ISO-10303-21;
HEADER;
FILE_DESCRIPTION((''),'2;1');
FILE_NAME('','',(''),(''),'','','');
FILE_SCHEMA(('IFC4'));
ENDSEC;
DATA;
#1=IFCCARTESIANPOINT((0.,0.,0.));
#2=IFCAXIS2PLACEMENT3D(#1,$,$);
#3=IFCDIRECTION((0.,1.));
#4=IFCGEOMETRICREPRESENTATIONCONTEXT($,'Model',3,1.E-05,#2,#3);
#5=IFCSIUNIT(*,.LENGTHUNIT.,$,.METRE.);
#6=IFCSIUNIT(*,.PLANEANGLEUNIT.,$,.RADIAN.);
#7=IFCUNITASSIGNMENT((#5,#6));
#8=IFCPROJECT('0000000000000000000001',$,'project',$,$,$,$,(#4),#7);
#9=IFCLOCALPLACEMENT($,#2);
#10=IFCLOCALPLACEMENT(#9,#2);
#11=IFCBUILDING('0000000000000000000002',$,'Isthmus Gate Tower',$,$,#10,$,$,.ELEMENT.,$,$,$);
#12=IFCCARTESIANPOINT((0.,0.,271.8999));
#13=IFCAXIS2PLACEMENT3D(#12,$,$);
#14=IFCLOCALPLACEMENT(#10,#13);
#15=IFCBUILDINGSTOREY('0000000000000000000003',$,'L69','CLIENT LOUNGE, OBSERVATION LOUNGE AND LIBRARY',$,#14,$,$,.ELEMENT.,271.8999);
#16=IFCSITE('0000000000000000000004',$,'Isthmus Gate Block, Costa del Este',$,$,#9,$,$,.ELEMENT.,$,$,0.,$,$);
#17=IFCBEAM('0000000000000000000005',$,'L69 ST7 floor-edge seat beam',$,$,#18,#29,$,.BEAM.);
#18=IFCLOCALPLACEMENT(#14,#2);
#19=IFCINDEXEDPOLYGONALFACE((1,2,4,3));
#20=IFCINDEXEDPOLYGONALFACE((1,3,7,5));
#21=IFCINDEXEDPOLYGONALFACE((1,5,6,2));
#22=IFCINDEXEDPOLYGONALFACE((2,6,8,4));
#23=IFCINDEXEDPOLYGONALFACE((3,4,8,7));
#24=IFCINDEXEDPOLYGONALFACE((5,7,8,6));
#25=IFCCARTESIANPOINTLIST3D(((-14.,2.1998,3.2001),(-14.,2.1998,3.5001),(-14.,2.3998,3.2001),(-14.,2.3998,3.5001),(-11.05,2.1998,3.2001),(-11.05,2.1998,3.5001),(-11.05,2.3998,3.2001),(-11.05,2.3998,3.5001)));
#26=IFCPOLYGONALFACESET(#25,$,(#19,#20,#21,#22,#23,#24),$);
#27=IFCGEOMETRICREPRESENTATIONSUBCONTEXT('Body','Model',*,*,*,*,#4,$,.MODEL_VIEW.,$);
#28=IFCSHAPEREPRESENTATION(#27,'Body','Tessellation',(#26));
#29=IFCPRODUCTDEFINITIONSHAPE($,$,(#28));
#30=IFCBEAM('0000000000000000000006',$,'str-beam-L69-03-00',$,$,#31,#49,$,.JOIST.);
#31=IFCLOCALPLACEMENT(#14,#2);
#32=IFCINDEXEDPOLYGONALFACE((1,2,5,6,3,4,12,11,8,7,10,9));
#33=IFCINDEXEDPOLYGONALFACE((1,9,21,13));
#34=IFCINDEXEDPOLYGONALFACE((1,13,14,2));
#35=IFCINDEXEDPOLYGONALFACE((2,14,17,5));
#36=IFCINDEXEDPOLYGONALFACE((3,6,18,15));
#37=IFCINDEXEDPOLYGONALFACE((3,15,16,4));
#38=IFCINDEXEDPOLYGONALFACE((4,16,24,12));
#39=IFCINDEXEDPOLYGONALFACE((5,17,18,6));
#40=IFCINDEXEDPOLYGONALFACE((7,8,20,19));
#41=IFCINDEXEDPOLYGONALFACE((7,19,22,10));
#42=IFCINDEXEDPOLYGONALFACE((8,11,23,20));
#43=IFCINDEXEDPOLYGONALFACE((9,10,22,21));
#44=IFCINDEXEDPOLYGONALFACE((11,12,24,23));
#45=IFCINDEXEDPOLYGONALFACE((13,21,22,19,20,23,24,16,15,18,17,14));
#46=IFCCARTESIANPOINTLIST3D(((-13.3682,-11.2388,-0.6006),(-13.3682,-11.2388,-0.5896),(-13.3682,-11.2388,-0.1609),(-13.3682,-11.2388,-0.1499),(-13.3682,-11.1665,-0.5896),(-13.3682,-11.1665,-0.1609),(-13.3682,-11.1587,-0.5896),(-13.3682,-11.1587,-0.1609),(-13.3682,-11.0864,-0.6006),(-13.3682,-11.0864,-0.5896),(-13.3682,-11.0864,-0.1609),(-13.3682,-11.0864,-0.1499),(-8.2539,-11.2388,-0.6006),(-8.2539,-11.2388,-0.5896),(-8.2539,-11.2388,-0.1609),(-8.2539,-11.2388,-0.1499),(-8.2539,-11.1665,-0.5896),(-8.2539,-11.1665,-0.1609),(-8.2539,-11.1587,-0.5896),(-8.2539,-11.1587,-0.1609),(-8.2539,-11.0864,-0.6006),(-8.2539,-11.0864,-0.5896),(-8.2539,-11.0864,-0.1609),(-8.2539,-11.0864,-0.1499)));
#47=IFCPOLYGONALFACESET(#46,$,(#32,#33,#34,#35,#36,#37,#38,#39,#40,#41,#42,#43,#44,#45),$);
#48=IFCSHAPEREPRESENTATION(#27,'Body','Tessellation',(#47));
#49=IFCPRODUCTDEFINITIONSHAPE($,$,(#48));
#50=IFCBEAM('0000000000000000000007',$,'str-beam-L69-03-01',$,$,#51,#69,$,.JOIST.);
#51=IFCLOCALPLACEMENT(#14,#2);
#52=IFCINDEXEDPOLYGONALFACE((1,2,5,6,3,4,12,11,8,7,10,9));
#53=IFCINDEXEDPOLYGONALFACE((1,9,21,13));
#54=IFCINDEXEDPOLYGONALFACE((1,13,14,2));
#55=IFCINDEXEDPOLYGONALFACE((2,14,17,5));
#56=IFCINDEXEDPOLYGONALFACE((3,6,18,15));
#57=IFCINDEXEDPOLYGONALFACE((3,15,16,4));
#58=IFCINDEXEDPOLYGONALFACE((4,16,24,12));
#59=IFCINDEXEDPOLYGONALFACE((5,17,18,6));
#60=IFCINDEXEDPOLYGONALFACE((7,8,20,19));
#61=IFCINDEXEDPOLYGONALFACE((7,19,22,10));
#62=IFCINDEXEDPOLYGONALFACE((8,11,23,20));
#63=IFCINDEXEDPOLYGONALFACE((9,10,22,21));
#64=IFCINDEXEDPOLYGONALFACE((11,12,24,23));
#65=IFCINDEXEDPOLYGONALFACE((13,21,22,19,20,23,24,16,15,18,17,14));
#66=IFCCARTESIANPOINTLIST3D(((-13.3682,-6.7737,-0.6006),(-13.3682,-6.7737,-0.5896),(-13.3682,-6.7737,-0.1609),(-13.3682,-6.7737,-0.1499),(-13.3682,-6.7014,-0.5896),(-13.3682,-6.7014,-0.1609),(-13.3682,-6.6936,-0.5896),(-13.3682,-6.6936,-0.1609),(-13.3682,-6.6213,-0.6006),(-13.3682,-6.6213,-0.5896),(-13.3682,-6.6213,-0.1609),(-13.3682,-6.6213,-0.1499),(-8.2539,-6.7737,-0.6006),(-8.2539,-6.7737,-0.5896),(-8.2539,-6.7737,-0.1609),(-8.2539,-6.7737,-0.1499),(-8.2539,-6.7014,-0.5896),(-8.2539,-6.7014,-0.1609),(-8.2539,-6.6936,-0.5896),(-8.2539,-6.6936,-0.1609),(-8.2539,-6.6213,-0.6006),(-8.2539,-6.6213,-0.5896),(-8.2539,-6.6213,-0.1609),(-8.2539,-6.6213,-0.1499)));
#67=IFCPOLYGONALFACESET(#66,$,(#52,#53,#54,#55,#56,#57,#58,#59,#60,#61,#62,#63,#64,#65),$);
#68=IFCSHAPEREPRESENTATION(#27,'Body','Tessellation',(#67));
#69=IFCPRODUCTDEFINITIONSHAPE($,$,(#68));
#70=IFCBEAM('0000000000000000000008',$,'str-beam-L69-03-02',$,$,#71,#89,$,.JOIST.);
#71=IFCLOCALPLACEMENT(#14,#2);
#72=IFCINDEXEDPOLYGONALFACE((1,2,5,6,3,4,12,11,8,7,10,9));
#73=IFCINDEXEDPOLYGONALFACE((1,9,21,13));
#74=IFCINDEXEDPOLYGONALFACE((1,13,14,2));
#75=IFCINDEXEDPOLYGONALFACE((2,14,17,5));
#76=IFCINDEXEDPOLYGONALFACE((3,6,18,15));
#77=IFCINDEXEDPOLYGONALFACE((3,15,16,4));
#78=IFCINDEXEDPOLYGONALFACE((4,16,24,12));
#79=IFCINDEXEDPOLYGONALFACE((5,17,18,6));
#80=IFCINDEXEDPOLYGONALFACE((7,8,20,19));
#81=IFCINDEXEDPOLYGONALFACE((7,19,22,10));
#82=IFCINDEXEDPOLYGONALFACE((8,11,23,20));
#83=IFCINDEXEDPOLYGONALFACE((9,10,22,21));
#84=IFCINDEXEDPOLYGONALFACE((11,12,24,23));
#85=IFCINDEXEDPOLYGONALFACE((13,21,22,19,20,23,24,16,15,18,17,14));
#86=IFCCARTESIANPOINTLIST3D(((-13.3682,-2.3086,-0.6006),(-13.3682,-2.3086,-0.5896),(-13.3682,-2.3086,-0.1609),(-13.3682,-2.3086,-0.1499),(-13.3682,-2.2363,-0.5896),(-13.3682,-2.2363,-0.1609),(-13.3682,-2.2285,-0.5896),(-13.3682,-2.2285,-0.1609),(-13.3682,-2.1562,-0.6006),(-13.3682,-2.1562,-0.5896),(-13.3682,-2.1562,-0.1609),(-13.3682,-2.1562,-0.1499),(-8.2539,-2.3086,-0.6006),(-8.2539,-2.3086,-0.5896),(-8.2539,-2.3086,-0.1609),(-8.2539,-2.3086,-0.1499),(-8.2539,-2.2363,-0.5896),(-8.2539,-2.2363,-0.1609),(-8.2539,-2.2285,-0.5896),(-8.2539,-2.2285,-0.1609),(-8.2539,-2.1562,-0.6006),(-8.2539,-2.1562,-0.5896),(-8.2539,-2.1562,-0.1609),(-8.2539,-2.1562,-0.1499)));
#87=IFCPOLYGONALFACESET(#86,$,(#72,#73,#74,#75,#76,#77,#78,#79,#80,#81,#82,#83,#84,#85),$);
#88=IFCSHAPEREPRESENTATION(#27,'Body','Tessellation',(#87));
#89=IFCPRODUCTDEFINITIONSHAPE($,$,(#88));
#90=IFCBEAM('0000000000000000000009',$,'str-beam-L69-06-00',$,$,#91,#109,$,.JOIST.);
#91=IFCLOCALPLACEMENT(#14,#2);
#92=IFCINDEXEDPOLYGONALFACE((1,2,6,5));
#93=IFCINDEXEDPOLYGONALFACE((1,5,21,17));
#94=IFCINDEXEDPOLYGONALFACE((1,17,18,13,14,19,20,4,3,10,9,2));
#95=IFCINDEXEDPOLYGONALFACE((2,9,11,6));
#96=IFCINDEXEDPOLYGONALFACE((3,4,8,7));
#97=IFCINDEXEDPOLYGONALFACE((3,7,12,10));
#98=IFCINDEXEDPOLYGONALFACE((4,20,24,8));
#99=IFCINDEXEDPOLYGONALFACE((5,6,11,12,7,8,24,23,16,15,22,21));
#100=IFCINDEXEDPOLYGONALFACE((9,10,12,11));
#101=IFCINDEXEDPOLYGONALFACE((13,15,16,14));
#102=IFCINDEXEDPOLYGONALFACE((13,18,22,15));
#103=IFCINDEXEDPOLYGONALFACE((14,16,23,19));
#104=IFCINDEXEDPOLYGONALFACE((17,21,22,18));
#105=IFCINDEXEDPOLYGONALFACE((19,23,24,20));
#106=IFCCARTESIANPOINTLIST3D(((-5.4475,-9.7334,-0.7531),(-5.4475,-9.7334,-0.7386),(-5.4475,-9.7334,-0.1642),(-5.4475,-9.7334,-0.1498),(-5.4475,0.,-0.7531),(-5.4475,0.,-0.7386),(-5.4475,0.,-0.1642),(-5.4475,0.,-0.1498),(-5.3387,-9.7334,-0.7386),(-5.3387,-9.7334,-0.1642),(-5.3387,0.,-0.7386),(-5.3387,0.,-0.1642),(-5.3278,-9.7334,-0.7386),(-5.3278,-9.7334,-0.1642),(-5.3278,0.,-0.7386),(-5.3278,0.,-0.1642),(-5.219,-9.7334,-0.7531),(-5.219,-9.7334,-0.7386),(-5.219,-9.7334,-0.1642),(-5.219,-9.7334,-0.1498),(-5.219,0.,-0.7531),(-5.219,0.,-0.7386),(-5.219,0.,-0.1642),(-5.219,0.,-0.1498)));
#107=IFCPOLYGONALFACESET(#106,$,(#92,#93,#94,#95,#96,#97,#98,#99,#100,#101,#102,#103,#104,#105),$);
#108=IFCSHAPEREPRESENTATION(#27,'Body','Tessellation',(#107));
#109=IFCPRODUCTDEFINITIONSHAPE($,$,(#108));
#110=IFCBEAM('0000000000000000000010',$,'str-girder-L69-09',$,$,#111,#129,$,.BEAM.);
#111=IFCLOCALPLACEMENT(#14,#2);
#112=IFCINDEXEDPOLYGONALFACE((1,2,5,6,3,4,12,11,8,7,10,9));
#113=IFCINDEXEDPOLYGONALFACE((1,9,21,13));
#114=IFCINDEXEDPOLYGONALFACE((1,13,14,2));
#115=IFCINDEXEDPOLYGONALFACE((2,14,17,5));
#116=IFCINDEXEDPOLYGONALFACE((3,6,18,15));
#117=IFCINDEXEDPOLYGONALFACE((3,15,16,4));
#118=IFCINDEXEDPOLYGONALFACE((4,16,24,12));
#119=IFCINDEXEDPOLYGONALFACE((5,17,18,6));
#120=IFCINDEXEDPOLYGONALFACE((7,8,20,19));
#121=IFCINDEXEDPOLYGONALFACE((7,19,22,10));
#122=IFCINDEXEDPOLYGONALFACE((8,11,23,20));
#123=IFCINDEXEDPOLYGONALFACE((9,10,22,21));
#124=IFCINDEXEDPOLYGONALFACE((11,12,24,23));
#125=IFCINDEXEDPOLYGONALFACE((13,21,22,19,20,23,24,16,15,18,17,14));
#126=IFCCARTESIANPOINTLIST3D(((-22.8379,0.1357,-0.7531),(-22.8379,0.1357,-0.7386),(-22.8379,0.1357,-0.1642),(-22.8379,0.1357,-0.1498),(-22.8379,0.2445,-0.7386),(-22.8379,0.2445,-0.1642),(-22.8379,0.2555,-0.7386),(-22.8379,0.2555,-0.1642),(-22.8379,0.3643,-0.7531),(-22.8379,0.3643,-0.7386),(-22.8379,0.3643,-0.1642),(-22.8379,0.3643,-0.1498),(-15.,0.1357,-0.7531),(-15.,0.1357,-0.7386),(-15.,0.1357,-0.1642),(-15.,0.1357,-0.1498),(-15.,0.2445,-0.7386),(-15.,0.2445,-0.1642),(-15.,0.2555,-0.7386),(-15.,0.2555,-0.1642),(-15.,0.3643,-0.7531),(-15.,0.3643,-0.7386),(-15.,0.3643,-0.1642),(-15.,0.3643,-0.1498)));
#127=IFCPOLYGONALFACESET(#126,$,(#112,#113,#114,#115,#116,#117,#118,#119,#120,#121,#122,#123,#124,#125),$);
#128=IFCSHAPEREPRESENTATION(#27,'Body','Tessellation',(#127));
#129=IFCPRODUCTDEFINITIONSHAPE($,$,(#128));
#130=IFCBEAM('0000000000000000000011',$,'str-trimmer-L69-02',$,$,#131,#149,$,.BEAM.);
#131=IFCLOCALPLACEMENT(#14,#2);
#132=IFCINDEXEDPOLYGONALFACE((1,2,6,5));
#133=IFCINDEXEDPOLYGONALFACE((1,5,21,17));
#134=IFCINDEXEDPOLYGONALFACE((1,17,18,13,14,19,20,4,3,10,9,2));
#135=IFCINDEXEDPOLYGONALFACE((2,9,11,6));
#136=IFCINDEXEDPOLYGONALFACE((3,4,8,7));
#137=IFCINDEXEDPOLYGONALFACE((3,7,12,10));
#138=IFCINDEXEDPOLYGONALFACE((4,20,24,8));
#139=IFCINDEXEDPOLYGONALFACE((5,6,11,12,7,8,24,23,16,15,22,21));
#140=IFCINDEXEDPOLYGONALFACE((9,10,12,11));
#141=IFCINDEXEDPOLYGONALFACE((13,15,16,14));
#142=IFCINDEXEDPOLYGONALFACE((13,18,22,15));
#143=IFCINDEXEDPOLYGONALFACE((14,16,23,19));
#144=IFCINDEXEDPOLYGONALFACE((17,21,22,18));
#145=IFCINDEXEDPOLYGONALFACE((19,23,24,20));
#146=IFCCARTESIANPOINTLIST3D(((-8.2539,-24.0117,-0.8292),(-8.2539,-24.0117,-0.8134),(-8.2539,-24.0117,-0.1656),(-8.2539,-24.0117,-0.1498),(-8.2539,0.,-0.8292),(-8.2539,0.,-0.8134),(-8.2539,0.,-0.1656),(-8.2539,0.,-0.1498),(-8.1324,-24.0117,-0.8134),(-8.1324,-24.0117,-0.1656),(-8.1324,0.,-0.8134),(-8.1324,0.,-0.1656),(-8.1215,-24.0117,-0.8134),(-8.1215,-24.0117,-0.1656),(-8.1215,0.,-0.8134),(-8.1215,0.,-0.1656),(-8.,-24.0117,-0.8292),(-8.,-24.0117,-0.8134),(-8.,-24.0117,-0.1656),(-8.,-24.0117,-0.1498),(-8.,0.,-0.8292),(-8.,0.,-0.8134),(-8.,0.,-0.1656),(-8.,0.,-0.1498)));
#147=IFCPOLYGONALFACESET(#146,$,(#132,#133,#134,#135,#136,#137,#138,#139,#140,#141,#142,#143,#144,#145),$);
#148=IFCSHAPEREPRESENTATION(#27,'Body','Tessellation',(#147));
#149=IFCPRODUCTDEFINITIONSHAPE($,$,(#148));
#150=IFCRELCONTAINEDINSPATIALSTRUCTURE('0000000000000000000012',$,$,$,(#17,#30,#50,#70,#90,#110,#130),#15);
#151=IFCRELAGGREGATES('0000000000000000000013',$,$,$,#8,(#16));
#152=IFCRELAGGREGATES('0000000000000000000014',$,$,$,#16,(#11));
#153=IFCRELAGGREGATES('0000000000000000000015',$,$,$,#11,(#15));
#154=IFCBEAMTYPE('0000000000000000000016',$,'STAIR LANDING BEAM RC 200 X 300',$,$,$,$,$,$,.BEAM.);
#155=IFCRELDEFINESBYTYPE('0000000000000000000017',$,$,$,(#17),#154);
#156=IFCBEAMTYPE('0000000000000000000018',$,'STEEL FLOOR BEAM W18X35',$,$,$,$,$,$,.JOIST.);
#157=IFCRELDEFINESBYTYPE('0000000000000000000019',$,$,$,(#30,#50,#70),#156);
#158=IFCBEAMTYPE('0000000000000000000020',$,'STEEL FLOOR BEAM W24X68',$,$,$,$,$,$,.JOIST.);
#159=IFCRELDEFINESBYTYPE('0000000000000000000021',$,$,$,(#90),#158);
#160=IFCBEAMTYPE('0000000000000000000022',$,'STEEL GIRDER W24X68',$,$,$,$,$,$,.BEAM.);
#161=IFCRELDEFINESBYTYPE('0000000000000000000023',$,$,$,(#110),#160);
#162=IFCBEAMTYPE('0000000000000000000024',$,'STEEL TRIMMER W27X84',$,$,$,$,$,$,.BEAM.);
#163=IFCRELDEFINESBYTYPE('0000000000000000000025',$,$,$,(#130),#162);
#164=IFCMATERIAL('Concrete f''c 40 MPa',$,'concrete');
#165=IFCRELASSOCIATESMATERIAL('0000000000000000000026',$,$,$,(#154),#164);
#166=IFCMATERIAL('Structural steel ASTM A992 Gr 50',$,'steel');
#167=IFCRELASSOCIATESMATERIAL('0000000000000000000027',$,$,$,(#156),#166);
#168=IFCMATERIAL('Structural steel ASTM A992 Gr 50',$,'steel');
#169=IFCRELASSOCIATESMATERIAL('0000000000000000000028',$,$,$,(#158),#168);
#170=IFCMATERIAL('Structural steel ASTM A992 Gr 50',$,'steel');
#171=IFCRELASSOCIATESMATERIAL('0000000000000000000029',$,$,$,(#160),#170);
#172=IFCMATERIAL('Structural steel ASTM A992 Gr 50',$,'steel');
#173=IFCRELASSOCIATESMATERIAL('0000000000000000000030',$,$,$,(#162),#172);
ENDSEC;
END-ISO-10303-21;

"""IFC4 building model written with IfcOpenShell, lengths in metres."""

from ifc_helpers import new_model, si_unit, direction, frame, origin, origin_2d, place, context, subcontext, project, spatial, rectangle, i_section, extrude, material, material_profile, profile_set, type_object, element, save


model = new_model("IFC4")

# Units and contexts
model_context = context("Model", 3, precision=1e-05, world=origin(), true_north=direction((0.0, 1.0)))
body_context = subcontext(model_context, "Body", "Model", "MODEL_VIEW")
ifc_project = project(units=[si_unit("LENGTHUNIT", "METRE"), si_unit("PLANEANGLEUNIT", "RADIAN")], contexts=[model_context])

# Site, building, storey
site_placement = place(None, origin())
site = spatial("IfcSite", under=ifc_project, at=site_placement, Name="Isthmus Gate Block, Costa del Este", CompositionType="ELEMENT", RefElevation=0.0)
building_placement = place(site_placement, origin())
building = spatial("IfcBuilding", under=site, at=building_placement, Name="Isthmus Gate Tower", CompositionType="ELEMENT")
storey_placement = place(building_placement, frame((0.0, 0.0, 271.8999)))
storey = spatial("IfcBuildingStorey", under=building, at=storey_placement, Name="L69", Description="CLIENT LOUNGE, OBSERVATION LOUNGE AND LIBRARY", CompositionType="ELEMENT", Elevation=271.8999)

# Beams
ifc_material_1 = material(Name="Concrete f'c 40 MPa", Category="concrete")
ifc_material_profile_1 = material_profile(ifc_material_1, rectangle(XDim=0.2, YDim=0.3, at=origin_2d()), Name="STAIR LANDING BEAM RC 200 X 300")
ifc_profile_set_1 = profile_set([ifc_material_profile_1], Name="Concrete f'c 40 MPa")
beam_type_1 = type_object("IfcBeamType", Name="STAIR LANDING BEAM RC 200 X 300", PredefinedType="BEAM", material=ifc_profile_set_1)
beam_1_placement = place(storey_placement, frame((-14.0, 2.2998, 3.3501), z_axis=(1.0, 0.0, 0.0), x_axis=(0.0, 1.0, 0.0)))
element("IfcBeam", 1, at=beam_1_placement, inside=storey, type_object=beam_type_1, Name="L69 ST7 floor-edge seat beam", PredefinedType="BEAM", context=body_context, shape_type="SweptSolid", body=[
    extrude(rectangle(XDim=0.2, YDim=0.3, at=origin_2d()), origin(), (0.0, 0.0, 1.0), 2.95),
])
ifc_material_2 = material(Name="Structural steel ASTM A992 Gr 50", Category="steel")
ifc_material_profile_2 = material_profile(ifc_material_2, i_section(OverallWidth=0.1523, OverallDepth=0.4507, WebThickness=0.0078, FlangeThickness=0.011, at=origin_2d()), Name="W18X35")
ifc_profile_set_2 = profile_set([ifc_material_profile_2], Name="Structural steel ASTM A992 Gr 50")
beam_type_2 = type_object("IfcBeamType", Name="STEEL FLOOR BEAM W18X35", PredefinedType="JOIST", material=ifc_profile_set_2)
for number, where, z_axis, x_axis, name in (
    (2, (-13.3682, -11.1626, -0.3752), (1.0, 0.0, 0.0), (0.0, 1.0, 0.0), "str-beam-L69-03-00"),
    (3, (-13.3682, -6.6975, -0.3752), (1.0, 0.0, 0.0), (0.0, 1.0, 0.0), "str-beam-L69-03-01"),
    (4, (-13.3682, -2.2324, -0.3752), (1.0, 0.0, 0.0), (0.0, 1.0, 0.0), "str-beam-L69-03-02"),
):
    element("IfcBeam", number, at=place(storey_placement, frame(where, z_axis=z_axis, x_axis=x_axis)), inside=storey, type_object=beam_type_2, Name=name, PredefinedType="JOIST", context=body_context, shape_type="SweptSolid", body=[
        extrude(i_section(OverallWidth=0.1523, OverallDepth=0.4507, WebThickness=0.0078, FlangeThickness=0.011, at=origin_2d()), origin(), (0.0, 0.0, 1.0), 5.1143),
    ])
ifc_material_3 = material(Name="Structural steel ASTM A992 Gr 50", Category="steel")
ifc_material_profile_3 = material_profile(ifc_material_3, i_section(OverallWidth=0.2285, OverallDepth=0.6033, WebThickness=0.011, FlangeThickness=0.0144, at=origin_2d()), Name="W24X68")
ifc_profile_set_3 = profile_set([ifc_material_profile_3], Name="Structural steel ASTM A992 Gr 50")
beam_type_3 = type_object("IfcBeamType", Name="STEEL FLOOR BEAM W24X68", PredefinedType="JOIST", material=ifc_profile_set_3)
beam_2_placement = place(storey_placement, frame((-5.3333, -9.7334, -0.4514), z_axis=(0.0, 1.0, 0.0), x_axis=(-1.0, 0.0, 0.0)))
element("IfcBeam", 5, at=beam_2_placement, inside=storey, type_object=beam_type_3, Name="str-beam-L69-06-00", PredefinedType="JOIST", context=body_context, shape_type="SweptSolid", body=[
    extrude(i_section(OverallWidth=0.2285, OverallDepth=0.6033, WebThickness=0.011, FlangeThickness=0.0144, at=origin_2d()), origin(), (0.0, 0.0, 1.0), 9.7334),
])
ifc_material_4 = material(Name="Structural steel ASTM A992 Gr 50", Category="steel")
ifc_material_profile_4 = material_profile(ifc_material_4, i_section(OverallWidth=0.2285, OverallDepth=0.6033, WebThickness=0.011, FlangeThickness=0.0144, at=origin_2d()), Name="W24X68")
ifc_profile_set_4 = profile_set([ifc_material_profile_4], Name="Structural steel ASTM A992 Gr 50")
beam_type_4 = type_object("IfcBeamType", Name="STEEL GIRDER W24X68", PredefinedType="BEAM", material=ifc_profile_set_4)
beam_3_placement = place(storey_placement, frame((-15.0, 0.25, -0.4514), z_axis=(-1.0, 0.0, 0.0), x_axis=(0.0, -1.0, 0.0)))
element("IfcBeam", 6, at=beam_3_placement, inside=storey, type_object=beam_type_4, Name="str-girder-L69-09", PredefinedType="BEAM", context=body_context, shape_type="SweptSolid", body=[
    extrude(i_section(OverallWidth=0.2285, OverallDepth=0.6033, WebThickness=0.011, FlangeThickness=0.0144, at=origin_2d()), origin(), (0.0, 0.0, 1.0), 7.8379),
])
ifc_material_5 = material(Name="Structural steel ASTM A992 Gr 50", Category="steel")
ifc_material_profile_5 = material_profile(ifc_material_5, i_section(OverallWidth=0.2539, OverallDepth=0.6794, WebThickness=0.011, FlangeThickness=0.0159, at=origin_2d()), Name="W27X84")
ifc_profile_set_5 = profile_set([ifc_material_profile_5], Name="Structural steel ASTM A992 Gr 50")
beam_type_5 = type_object("IfcBeamType", Name="STEEL TRIMMER W27X84", PredefinedType="BEAM", material=ifc_profile_set_5)
beam_4_placement = place(storey_placement, frame((-8.127, 0.0, -0.4895), z_axis=(0.0, -1.0, 0.0), x_axis=(1.0, 0.0, 0.0)))
element("IfcBeam", 7, at=beam_4_placement, inside=storey, type_object=beam_type_5, Name="str-trimmer-L69-02", PredefinedType="BEAM", context=body_context, shape_type="SweptSolid", body=[
    extrude(i_section(OverallWidth=0.2539, OverallDepth=0.6794, WebThickness=0.011, FlangeThickness=0.0159, at=origin_2d()), origin(), (0.0, 0.0, 1.0), 24.0117),
])

save(model, "model.ifc")
